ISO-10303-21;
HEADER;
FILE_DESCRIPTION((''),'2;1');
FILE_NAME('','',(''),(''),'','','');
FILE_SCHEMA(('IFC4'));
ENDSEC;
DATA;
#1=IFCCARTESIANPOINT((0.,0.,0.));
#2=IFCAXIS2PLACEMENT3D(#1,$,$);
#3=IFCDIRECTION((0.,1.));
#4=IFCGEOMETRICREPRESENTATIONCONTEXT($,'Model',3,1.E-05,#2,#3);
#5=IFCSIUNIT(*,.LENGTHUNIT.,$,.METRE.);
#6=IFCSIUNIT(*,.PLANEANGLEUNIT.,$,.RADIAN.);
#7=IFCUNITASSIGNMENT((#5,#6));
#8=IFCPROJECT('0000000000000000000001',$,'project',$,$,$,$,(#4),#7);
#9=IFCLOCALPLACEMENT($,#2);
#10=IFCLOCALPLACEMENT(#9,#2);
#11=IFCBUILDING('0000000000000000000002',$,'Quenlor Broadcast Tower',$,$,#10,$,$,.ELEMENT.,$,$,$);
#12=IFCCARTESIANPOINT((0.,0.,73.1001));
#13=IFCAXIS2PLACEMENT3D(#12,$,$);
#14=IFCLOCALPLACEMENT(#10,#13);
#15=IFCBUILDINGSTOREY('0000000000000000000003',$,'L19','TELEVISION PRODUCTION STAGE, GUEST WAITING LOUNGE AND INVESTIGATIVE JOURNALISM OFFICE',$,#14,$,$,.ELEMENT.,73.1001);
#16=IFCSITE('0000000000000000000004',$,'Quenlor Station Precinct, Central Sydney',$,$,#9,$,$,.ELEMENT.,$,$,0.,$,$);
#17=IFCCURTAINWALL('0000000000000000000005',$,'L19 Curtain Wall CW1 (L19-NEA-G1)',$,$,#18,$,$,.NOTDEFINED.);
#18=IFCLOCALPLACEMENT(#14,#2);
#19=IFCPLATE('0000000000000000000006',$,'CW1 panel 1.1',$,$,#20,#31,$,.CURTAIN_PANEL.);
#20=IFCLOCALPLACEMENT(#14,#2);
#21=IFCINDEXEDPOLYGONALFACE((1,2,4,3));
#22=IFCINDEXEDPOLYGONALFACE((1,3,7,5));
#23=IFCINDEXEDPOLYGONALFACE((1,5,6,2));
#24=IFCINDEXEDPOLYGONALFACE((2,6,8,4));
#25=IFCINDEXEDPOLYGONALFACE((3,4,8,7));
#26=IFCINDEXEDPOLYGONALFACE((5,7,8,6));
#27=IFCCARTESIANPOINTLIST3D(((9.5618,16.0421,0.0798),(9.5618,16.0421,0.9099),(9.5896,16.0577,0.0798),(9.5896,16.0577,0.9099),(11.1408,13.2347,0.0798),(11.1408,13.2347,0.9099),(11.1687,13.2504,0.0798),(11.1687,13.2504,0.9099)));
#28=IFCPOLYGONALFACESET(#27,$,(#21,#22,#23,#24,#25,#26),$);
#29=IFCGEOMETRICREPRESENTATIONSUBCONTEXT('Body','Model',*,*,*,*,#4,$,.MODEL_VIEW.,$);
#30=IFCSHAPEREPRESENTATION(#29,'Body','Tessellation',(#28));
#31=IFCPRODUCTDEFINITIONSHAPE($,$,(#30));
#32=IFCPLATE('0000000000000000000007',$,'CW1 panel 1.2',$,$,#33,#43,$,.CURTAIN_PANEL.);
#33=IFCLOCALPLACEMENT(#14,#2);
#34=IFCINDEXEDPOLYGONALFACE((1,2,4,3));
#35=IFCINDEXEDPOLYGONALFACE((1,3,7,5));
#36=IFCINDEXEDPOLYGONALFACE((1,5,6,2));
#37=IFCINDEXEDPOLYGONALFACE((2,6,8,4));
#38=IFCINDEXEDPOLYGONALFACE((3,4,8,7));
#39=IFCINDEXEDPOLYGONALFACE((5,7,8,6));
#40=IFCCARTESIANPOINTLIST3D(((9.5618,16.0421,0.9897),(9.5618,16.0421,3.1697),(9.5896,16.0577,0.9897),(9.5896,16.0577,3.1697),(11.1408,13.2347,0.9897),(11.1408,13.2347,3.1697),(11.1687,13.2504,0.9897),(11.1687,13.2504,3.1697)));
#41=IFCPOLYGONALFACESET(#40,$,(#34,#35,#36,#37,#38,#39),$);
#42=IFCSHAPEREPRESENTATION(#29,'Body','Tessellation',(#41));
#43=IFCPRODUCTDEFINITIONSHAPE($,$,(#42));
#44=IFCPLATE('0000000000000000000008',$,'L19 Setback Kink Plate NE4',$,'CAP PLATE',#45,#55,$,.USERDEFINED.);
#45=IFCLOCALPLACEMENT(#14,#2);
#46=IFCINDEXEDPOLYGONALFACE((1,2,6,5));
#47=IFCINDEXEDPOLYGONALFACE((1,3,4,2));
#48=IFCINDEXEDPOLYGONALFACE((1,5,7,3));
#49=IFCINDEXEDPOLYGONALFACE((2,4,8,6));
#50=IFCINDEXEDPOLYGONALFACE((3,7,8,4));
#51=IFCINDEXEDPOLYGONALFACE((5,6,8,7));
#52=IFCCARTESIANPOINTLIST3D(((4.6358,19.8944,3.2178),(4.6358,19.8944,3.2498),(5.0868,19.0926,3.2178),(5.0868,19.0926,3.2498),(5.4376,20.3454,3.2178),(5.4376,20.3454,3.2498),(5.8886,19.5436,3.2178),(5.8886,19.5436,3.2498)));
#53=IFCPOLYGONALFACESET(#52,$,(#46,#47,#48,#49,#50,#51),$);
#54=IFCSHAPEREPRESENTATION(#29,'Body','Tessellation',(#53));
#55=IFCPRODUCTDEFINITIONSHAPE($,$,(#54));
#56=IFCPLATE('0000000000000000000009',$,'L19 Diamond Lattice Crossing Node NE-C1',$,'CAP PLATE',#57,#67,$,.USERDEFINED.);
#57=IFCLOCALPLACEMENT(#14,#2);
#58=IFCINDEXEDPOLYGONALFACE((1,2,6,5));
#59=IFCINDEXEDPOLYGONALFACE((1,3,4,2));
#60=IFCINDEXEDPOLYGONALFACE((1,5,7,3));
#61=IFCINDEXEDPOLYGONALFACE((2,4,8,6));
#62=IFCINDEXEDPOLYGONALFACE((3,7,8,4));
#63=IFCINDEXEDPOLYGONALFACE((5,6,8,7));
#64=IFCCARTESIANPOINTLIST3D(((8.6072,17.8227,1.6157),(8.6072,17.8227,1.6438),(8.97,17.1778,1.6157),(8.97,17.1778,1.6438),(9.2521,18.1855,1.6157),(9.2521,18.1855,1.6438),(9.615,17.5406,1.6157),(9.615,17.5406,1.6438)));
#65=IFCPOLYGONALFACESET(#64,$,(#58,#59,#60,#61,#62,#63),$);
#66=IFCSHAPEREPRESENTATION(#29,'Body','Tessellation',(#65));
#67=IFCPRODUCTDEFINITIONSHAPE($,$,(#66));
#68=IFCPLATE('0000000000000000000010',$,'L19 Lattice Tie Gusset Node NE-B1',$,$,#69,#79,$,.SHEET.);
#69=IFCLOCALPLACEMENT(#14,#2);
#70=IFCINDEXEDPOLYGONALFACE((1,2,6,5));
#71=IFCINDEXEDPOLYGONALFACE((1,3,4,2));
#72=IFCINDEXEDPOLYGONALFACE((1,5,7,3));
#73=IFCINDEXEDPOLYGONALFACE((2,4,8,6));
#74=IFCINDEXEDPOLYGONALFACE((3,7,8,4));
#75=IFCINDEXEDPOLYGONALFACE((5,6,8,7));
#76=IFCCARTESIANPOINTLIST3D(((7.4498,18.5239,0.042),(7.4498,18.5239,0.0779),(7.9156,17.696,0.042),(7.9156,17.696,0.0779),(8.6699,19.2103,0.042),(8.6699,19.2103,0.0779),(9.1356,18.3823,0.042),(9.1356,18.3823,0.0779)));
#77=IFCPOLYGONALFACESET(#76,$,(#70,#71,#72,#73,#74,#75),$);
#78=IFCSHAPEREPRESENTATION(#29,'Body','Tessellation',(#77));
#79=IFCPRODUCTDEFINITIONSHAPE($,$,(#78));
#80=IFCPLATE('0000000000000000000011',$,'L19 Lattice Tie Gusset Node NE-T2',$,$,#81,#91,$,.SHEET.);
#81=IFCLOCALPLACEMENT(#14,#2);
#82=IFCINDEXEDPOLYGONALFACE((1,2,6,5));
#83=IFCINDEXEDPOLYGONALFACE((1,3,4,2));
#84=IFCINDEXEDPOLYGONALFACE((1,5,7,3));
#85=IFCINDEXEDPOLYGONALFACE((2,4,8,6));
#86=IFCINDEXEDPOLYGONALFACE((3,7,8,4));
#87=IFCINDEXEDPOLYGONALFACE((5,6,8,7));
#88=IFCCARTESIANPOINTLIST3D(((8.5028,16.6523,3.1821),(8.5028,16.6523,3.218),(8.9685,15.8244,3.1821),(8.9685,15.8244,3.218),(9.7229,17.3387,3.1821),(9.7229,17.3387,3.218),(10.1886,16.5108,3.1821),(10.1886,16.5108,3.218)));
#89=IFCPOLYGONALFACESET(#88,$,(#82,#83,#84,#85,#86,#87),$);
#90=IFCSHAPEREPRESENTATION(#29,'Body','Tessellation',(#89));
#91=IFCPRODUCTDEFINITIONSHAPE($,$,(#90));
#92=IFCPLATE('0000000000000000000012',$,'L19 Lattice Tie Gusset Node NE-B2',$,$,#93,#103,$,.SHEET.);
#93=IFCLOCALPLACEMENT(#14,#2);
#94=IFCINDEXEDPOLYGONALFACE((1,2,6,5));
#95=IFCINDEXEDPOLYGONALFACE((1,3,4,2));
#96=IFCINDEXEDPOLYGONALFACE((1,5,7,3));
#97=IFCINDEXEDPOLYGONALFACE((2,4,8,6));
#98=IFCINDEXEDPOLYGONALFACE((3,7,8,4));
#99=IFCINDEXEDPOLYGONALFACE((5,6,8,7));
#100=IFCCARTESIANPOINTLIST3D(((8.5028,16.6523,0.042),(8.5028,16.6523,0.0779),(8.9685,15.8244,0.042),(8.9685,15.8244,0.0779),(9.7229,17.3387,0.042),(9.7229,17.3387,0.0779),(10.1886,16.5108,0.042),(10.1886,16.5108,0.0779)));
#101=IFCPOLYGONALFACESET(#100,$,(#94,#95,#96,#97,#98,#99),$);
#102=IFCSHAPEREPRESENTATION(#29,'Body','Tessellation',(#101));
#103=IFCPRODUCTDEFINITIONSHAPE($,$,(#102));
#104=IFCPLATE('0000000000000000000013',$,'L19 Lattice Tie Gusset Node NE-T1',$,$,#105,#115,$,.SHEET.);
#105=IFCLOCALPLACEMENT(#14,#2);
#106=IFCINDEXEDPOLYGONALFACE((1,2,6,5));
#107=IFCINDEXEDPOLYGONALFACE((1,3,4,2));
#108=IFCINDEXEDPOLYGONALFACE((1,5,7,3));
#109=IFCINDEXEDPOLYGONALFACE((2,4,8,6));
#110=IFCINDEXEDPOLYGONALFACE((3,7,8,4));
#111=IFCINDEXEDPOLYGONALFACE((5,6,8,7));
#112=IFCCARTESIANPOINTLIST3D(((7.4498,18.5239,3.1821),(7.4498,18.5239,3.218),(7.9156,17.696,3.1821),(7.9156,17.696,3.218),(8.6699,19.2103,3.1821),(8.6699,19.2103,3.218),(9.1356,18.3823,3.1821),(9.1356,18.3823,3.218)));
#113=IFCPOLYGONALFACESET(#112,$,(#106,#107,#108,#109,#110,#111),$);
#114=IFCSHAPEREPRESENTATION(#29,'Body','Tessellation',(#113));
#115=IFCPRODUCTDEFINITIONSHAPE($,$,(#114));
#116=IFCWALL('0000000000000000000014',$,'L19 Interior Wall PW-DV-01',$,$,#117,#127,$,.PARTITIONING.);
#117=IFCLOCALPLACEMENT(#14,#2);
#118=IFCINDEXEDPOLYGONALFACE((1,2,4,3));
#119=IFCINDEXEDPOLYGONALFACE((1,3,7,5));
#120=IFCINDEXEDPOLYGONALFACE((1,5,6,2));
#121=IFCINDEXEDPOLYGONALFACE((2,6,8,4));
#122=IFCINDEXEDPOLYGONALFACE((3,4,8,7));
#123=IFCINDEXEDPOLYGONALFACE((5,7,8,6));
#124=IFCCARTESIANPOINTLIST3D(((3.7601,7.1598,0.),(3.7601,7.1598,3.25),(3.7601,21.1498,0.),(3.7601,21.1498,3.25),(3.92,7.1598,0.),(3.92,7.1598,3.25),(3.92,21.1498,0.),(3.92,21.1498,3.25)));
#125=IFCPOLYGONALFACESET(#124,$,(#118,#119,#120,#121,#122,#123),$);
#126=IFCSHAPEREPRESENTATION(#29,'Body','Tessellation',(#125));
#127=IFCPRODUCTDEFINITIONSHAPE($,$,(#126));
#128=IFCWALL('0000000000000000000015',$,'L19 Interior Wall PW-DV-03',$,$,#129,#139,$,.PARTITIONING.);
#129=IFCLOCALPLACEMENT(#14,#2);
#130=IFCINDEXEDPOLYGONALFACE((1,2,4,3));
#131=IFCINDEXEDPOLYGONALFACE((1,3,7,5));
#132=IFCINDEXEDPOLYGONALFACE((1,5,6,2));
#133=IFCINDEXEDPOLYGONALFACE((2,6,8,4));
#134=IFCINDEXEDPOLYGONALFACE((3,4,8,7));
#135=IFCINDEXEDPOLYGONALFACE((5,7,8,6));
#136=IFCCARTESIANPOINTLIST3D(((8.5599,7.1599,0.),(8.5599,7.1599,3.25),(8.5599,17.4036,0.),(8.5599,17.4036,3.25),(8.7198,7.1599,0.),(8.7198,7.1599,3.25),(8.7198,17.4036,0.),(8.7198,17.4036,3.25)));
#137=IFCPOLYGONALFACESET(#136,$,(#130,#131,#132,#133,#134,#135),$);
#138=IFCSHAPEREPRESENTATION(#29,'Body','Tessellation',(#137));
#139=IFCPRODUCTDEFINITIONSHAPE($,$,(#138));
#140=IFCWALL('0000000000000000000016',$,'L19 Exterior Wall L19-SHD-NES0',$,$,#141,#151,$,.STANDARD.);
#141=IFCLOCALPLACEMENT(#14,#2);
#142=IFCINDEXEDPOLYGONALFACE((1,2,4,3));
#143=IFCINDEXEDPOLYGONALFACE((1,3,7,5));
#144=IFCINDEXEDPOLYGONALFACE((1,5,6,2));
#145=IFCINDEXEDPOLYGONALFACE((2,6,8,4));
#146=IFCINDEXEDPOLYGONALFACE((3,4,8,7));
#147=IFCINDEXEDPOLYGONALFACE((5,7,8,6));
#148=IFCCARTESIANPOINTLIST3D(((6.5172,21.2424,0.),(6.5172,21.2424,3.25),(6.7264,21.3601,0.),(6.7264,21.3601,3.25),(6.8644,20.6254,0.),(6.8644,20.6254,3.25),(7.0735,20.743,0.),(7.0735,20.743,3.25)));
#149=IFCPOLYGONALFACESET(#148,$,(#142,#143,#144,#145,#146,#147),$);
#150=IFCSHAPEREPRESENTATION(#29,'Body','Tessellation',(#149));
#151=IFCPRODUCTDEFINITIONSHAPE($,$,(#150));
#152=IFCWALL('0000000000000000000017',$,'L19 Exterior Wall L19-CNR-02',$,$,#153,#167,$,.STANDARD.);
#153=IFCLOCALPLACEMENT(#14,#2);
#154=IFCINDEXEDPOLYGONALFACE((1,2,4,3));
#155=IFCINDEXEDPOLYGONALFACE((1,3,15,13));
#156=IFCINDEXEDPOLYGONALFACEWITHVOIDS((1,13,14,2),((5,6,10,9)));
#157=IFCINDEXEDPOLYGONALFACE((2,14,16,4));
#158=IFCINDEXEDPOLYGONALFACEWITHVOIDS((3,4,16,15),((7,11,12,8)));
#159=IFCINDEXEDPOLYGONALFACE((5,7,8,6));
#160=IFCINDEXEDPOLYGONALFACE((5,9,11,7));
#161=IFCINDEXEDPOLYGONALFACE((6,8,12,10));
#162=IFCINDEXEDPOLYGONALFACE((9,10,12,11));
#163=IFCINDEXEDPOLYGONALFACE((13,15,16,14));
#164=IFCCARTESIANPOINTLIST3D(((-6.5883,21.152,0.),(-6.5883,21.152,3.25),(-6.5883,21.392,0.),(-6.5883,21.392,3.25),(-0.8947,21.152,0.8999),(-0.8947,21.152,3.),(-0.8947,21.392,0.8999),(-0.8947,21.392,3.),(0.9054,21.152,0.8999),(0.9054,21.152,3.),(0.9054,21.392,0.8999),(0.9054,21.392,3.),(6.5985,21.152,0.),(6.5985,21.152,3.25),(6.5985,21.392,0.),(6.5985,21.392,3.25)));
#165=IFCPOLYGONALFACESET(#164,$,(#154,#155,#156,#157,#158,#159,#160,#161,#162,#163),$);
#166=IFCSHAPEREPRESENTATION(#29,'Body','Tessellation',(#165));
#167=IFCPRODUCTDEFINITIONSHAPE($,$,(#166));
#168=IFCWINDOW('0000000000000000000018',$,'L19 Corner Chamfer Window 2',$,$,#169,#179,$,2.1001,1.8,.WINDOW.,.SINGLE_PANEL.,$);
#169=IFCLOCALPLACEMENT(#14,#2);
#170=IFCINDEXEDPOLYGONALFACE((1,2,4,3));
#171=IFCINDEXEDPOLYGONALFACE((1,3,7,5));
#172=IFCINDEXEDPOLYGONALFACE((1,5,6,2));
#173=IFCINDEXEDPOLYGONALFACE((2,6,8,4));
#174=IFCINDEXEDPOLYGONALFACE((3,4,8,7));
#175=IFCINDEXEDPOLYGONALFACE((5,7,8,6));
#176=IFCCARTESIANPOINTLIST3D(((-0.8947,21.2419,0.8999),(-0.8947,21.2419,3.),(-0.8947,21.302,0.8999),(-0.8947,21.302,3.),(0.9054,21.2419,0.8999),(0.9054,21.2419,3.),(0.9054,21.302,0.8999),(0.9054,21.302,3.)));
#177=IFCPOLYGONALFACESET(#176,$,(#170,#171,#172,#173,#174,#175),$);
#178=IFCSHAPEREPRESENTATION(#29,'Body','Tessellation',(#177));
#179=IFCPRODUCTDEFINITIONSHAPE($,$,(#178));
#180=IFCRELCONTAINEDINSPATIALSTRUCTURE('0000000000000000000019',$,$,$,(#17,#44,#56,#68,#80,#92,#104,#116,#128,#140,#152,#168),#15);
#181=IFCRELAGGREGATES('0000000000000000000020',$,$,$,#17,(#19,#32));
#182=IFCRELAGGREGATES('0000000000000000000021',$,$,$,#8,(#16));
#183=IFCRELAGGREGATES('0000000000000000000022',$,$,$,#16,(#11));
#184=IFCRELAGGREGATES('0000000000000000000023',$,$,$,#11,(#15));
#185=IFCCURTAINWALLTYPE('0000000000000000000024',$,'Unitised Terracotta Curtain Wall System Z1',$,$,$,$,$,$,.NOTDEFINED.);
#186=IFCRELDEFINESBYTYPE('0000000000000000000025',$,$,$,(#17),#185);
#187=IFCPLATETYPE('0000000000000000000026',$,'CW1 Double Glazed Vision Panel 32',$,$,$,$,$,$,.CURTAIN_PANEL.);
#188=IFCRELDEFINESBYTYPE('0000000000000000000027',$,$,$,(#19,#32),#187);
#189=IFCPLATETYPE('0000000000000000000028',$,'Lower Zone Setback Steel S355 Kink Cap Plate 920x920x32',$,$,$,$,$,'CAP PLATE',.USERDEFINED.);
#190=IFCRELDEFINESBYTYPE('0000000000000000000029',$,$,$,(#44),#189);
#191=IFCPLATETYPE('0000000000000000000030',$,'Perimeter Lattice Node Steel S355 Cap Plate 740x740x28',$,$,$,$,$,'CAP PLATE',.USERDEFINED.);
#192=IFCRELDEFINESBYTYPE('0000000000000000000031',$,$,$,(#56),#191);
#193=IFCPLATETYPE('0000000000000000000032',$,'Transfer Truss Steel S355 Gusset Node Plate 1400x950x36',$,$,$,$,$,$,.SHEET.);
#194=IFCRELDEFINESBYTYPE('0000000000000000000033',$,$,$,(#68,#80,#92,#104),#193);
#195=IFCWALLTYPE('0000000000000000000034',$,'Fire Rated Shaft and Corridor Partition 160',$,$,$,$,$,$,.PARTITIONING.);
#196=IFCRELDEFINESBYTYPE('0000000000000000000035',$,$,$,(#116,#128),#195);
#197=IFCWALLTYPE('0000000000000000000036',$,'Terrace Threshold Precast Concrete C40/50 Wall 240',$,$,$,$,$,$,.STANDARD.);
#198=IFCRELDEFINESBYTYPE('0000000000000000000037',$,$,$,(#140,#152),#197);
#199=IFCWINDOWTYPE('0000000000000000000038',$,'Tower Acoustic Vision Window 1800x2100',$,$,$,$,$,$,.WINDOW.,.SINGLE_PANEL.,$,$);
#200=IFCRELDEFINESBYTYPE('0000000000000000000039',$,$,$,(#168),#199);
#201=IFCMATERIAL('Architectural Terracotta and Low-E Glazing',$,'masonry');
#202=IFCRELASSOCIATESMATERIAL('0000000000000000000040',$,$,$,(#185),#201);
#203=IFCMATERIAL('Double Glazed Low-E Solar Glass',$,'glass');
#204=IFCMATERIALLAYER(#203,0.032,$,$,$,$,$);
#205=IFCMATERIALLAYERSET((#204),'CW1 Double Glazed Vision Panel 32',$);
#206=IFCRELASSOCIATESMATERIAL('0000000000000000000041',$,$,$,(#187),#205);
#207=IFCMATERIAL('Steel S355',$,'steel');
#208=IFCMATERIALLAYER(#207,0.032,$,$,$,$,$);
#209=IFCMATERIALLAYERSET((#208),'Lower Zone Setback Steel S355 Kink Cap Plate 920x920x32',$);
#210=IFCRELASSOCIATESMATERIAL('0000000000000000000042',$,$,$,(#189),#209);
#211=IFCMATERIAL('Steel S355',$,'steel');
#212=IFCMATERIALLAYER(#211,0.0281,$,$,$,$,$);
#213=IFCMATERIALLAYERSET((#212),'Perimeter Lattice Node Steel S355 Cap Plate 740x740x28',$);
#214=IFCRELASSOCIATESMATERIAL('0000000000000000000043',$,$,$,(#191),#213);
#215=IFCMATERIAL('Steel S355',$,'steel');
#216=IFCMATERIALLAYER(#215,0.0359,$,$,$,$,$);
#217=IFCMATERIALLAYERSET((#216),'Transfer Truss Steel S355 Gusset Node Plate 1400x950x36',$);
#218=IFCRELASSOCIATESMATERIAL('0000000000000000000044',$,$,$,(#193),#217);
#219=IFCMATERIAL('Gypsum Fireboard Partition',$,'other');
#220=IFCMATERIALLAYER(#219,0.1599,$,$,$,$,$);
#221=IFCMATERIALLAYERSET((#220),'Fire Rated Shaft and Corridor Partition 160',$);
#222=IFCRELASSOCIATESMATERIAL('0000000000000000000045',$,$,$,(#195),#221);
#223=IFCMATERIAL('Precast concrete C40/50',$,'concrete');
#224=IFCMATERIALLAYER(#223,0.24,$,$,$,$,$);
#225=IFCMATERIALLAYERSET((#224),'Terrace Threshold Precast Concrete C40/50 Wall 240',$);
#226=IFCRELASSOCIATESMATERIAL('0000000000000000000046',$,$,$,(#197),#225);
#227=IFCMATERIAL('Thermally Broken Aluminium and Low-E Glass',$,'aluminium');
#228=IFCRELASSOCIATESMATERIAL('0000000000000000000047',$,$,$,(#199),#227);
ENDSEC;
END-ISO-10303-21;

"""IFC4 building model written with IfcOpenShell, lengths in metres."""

from ifc_helpers import new_model, si_unit, direction, frame, frame_2d, origin, origin_2d, place, context, subcontext, project, spatial, rectangle, extrude, material, layer, layer_set, type_object, element, fill, aggregate, save


model = new_model("IFC4")

# Units and contexts
model_context = context("Model", 3, precision=1e-05, world=origin(), true_north=direction((0.0, 1.0)))
body_context = subcontext(model_context, "Body", "Model", "MODEL_VIEW")
ifc_project = project(units=[si_unit("LENGTHUNIT", "METRE"), si_unit("PLANEANGLEUNIT", "RADIAN")], contexts=[model_context])

# Site, building, storey
site_placement = place(None, origin())
site = spatial("IfcSite", under=ifc_project, at=site_placement, Name="Quenlor Station Precinct, Central Sydney", CompositionType="ELEMENT", RefElevation=0.0)
building_placement = place(site_placement, origin())
building = spatial("IfcBuilding", under=site, at=building_placement, Name="Quenlor Broadcast Tower", CompositionType="ELEMENT")
storey_placement = place(building_placement, frame((0.0, 0.0, 73.1001)))
storey = spatial("IfcBuildingStorey", under=building, at=storey_placement, Name="L19", Description="TELEVISION PRODUCTION STAGE, GUEST WAITING LOUNGE AND INVESTIGATIVE JOURNALISM OFFICE", CompositionType="ELEMENT", Elevation=73.1001)

# Curtain wall
ifc_material_1 = material(Name="Architectural Terracotta and Low-E Glazing", Category="masonry")
curtain_wall_type = type_object("IfcCurtainWallType", Name="Unitised Terracotta Curtain Wall System Z1", PredefinedType="NOTDEFINED", material=ifc_material_1)
curtain_wall_placement = place(storey_placement, origin())
curtain_wall = element("IfcCurtainWall", 1, at=curtain_wall_placement, inside=storey, type_object=curtain_wall_type, Name="L19 Curtain Wall CW1 (L19-NEA-G1)", PredefinedType="NOTDEFINED")

# Plates
ifc_material_2 = material(Name="Double Glazed Low-E Solar Glass", Category="glass")
ifc_layer_1 = layer(ifc_material_2, 0.032)
ifc_layer_set_1 = layer_set([ifc_layer_1], Name="CW1 Double Glazed Vision Panel 32")
plate_type_1 = type_object("IfcPlateType", Name="CW1 Double Glazed Vision Panel 32", PredefinedType="CURTAIN_PANEL", material=ifc_layer_set_1)
plate_1_placement = place(storey_placement, frame((10.3652, 14.6462, 0.0798), z_axis=(0.0, 0.0, 1.0), x_axis=(0.490244, -0.871585, 0.0)))
plate_1 = element("IfcPlate", 2, at=plate_1_placement, type_object=plate_type_1, Name="CW1 panel 1.1", PredefinedType="CURTAIN_PANEL", context=body_context, shape_type="SweptSolid", body=[
    extrude(rectangle(XDim=3.2209, YDim=0.032, at=origin_2d()), origin(), (0.0, 0.0, 1.0), 0.8301),
])
plate_2_placement = place(storey_placement, frame((10.3652, 14.6462, 0.9897), z_axis=(0.0, 0.0, 1.0), x_axis=(0.490244, -0.871585, 0.0)))
plate_2 = element("IfcPlate", 3, at=plate_2_placement, type_object=plate_type_1, Name="CW1 panel 1.2", PredefinedType="CURTAIN_PANEL", context=body_context, shape_type="SweptSolid", body=[
    extrude(rectangle(XDim=3.2209, YDim=0.032, at=origin_2d()), origin(), (0.0, 0.0, 1.0), 2.1799),
])
aggregate(curtain_wall, [plate_1, plate_2])

# Plates
ifc_material_3 = material(Name="Steel S355", Category="steel")
ifc_layer_2 = layer(ifc_material_3, 0.032)
ifc_layer_set_2 = layer_set([ifc_layer_2], Name="Lower Zone Setback Steel S355 Kink Cap Plate 920x920x32")
plate_type_2 = type_object("IfcPlateType", Name="Lower Zone Setback Steel S355 Kink Cap Plate 920x920x32", ElementType="CAP PLATE", PredefinedType="USERDEFINED", material=ifc_layer_set_2)
plate_3_placement = place(storey_placement, frame((5.2622, 19.719, 3.2178), z_axis=(0.0, 0.0, 1.0), x_axis=(0.871575, 0.490262, 0.0)))
element("IfcPlate", 4, at=plate_3_placement, inside=storey, type_object=plate_type_2, Name="L19 Setback Kink Plate NE4", ObjectType="CAP PLATE", PredefinedType="USERDEFINED", context=body_context, shape_type="SweptSolid", body=[
    extrude(rectangle(XDim=0.9199, YDim=0.9199, at=origin_2d()), origin(), (0.0, 0.0, 1.0), 0.032),
])
ifc_material_4 = material(Name="Steel S355", Category="steel")
ifc_layer_3 = layer(ifc_material_4, 0.0281)
ifc_layer_set_3 = layer_set([ifc_layer_3], Name="Perimeter Lattice Node Steel S355 Cap Plate 740x740x28")
plate_type_3 = type_object("IfcPlateType", Name="Perimeter Lattice Node Steel S355 Cap Plate 740x740x28", ElementType="CAP PLATE", PredefinedType="USERDEFINED", material=ifc_layer_set_3)
plate_4_placement = place(storey_placement, frame((9.1111, 17.6816, 1.6157), z_axis=(0.0, 0.0, 1.0), x_axis=(0.490295, -0.871556, 0.0)))
element("IfcPlate", 5, at=plate_4_placement, inside=storey, type_object=plate_type_3, Name="L19 Diamond Lattice Crossing Node NE-C1", ObjectType="CAP PLATE", PredefinedType="USERDEFINED", context=body_context, shape_type="SweptSolid", body=[
    extrude(rectangle(XDim=0.74, YDim=0.74, at=origin_2d()), origin(), (0.0, 0.0, 1.0), 0.0281),
])
ifc_material_5 = material(Name="Steel S355", Category="steel")
ifc_layer_4 = layer(ifc_material_5, 0.0359)
ifc_layer_set_4 = layer_set([ifc_layer_4], Name="Transfer Truss Steel S355 Gusset Node Plate 1400x950x36")
plate_type_4 = type_object("IfcPlateType", Name="Transfer Truss Steel S355 Gusset Node Plate 1400x950x36", PredefinedType="SHEET", material=ifc_layer_set_4)
for number, where, z_axis, x_axis, name in (
    (6, (8.2927, 18.4531, 0.042), (0.0, 0.0, 1.0), (0.871556, 0.490295, 0.0), "L19 Lattice Tie Gusset Node NE-B1"),
    (7, (9.3457, 16.5815, 3.1821), (0.0, 0.0, 1.0), (0.871556, 0.490295, 0.0), "L19 Lattice Tie Gusset Node NE-T2"),
    (8, (9.3457, 16.5815, 0.042), (0.0, 0.0, 1.0), (0.871556, 0.490295, 0.0), "L19 Lattice Tie Gusset Node NE-B2"),
    (9, (8.2927, 18.4531, 3.1821), (0.0, 0.0, 1.0), (0.871556, 0.490295, 0.0), "L19 Lattice Tie Gusset Node NE-T1"),
):
    element("IfcPlate", number, at=place(storey_placement, frame(where, z_axis=z_axis, x_axis=x_axis)), inside=storey, type_object=plate_type_4, Name=name, PredefinedType="SHEET", context=body_context, shape_type="SweptSolid", body=[
        extrude(rectangle(XDim=1.3999, YDim=0.95, at=origin_2d()), origin(), (0.0, 0.0, 1.0), 0.0359),
    ])

# Walls
ifc_material_6 = material(Name="Gypsum Fireboard Partition", Category="other")
ifc_layer_5 = layer(ifc_material_6, 0.1599)
ifc_layer_set_5 = layer_set([ifc_layer_5], Name="Fire Rated Shaft and Corridor Partition 160")
wall_type_1 = type_object("IfcWallType", Name="Fire Rated Shaft and Corridor Partition 160", PredefinedType="PARTITIONING", material=ifc_layer_set_5)
wall_1_placement = place(storey_placement, frame((3.8401, 21.1499, 0.0), z_axis=(0.0, 0.0, 1.0), x_axis=(0.0, -1.0, 0.0)))
element("IfcWall", 10, at=wall_1_placement, inside=storey, type_object=wall_type_1, Name="L19 Interior Wall PW-DV-01", PredefinedType="PARTITIONING", context=body_context, shape_type="SweptSolid", body=[
    extrude(rectangle(XDim=13.99, YDim=0.1599, at=frame_2d((6.9951, 0.0))), origin(), (0.0, 0.0, 1.0), 3.25),
])
wall_2_placement = place(storey_placement, frame((8.6399, 17.4036, 0.0), z_axis=(0.0, 0.0, 1.0), x_axis=(0.0, -1.0, 0.0)))
element("IfcWall", 11, at=wall_2_placement, inside=storey, type_object=wall_type_1, Name="L19 Interior Wall PW-DV-03", PredefinedType="PARTITIONING", context=body_context, shape_type="SweptSolid", body=[
    extrude(rectangle(XDim=10.2437, YDim=0.1599, at=frame_2d((5.1218, 0.0))), origin(), (0.0, 0.0, 1.0), 3.25),
])
ifc_material_7 = material(Name="Precast concrete C40/50", Category="concrete")
ifc_layer_6 = layer(ifc_material_7, 0.24)
ifc_layer_set_6 = layer_set([ifc_layer_6], Name="Terrace Threshold Precast Concrete C40/50 Wall 240")
wall_type_2 = type_object("IfcWallType", Name="Terrace Threshold Precast Concrete C40/50 Wall 240", PredefinedType="STANDARD", material=ifc_layer_set_6)
wall_3_placement = place(storey_placement, frame((6.6218, 21.3013, 0.0), z_axis=(0.0, 0.0, 1.0), x_axis=(0.490261, -0.871576, 0.0)))
element("IfcWall", 12, at=wall_3_placement, inside=storey, type_object=wall_type_2, Name="L19 Exterior Wall L19-SHD-NES0", PredefinedType="STANDARD", context=body_context, shape_type="SweptSolid", body=[
    extrude(rectangle(XDim=0.708, YDim=0.24, at=frame_2d((0.354, 0.0))), origin(), (0.0, 0.0, 1.0), 3.25),
])

# Wall, opening, window
wall_4_placement = place(storey_placement, frame((6.5984, 21.272, 0.0), z_axis=(0.0, 0.0, 1.0), x_axis=(-1.0, 0.0, 0.0)))
wall_4 = element("IfcWall", 13, at=wall_4_placement, inside=storey, type_object=wall_type_2, Name="L19 Exterior Wall L19-CNR-02", PredefinedType="STANDARD", context=body_context, shape_type="SweptSolid", body=[
    extrude(rectangle(XDim=13.1868, YDim=0.24, at=frame_2d((6.5933, 0.0))), origin(), (0.0, 0.0, 1.0), 3.25),
])
opening_placement = place(wall_4_placement, frame((5.6931, 0.0, 0.8999)))
opening = element("IfcOpeningElement", 14, at=opening_placement, cuts=wall_4, PredefinedType="OPENING", context=body_context, shape_type="SweptSolid", body=[
    extrude(rectangle(XDim=1.8, YDim=2.1001, at=frame_2d((0.8999, 1.05))), frame((0.0, 0.1299, 0.0), z_axis=(0.0, -1.0, 0.0), x_axis=(1.0, 0.0, 0.0)), (0.0, 0.0, 1.0), 0.26),
])
ifc_material_8 = material(Name="Thermally Broken Aluminium and Low-E Glass", Category="aluminium")
window_type = type_object("IfcWindowType", Name="Tower Acoustic Vision Window 1800x2100", PartitioningType="SINGLE_PANEL", PredefinedType="WINDOW", material=ifc_material_8)
window_placement = place(opening_placement, origin())
window = element("IfcWindow", 15, at=window_placement, inside=storey, type_object=window_type, Name="L19 Corner Chamfer Window 2", OverallHeight=2.1001, OverallWidth=1.8, PartitioningType="SINGLE_PANEL", PredefinedType="WINDOW", context=body_context, shape_type="SweptSolid", body=[
    extrude(rectangle(XDim=1.8, YDim=2.1001, at=frame_2d((0.8999, 1.05))), frame((0.0, 0.03, 0.0), z_axis=(0.0, -1.0, 0.0), x_axis=(1.0, 0.0, 0.0)), (0.0, 0.0, 1.0), 0.0601),
])
fill(opening, window)

save(model, "model.ifc")
